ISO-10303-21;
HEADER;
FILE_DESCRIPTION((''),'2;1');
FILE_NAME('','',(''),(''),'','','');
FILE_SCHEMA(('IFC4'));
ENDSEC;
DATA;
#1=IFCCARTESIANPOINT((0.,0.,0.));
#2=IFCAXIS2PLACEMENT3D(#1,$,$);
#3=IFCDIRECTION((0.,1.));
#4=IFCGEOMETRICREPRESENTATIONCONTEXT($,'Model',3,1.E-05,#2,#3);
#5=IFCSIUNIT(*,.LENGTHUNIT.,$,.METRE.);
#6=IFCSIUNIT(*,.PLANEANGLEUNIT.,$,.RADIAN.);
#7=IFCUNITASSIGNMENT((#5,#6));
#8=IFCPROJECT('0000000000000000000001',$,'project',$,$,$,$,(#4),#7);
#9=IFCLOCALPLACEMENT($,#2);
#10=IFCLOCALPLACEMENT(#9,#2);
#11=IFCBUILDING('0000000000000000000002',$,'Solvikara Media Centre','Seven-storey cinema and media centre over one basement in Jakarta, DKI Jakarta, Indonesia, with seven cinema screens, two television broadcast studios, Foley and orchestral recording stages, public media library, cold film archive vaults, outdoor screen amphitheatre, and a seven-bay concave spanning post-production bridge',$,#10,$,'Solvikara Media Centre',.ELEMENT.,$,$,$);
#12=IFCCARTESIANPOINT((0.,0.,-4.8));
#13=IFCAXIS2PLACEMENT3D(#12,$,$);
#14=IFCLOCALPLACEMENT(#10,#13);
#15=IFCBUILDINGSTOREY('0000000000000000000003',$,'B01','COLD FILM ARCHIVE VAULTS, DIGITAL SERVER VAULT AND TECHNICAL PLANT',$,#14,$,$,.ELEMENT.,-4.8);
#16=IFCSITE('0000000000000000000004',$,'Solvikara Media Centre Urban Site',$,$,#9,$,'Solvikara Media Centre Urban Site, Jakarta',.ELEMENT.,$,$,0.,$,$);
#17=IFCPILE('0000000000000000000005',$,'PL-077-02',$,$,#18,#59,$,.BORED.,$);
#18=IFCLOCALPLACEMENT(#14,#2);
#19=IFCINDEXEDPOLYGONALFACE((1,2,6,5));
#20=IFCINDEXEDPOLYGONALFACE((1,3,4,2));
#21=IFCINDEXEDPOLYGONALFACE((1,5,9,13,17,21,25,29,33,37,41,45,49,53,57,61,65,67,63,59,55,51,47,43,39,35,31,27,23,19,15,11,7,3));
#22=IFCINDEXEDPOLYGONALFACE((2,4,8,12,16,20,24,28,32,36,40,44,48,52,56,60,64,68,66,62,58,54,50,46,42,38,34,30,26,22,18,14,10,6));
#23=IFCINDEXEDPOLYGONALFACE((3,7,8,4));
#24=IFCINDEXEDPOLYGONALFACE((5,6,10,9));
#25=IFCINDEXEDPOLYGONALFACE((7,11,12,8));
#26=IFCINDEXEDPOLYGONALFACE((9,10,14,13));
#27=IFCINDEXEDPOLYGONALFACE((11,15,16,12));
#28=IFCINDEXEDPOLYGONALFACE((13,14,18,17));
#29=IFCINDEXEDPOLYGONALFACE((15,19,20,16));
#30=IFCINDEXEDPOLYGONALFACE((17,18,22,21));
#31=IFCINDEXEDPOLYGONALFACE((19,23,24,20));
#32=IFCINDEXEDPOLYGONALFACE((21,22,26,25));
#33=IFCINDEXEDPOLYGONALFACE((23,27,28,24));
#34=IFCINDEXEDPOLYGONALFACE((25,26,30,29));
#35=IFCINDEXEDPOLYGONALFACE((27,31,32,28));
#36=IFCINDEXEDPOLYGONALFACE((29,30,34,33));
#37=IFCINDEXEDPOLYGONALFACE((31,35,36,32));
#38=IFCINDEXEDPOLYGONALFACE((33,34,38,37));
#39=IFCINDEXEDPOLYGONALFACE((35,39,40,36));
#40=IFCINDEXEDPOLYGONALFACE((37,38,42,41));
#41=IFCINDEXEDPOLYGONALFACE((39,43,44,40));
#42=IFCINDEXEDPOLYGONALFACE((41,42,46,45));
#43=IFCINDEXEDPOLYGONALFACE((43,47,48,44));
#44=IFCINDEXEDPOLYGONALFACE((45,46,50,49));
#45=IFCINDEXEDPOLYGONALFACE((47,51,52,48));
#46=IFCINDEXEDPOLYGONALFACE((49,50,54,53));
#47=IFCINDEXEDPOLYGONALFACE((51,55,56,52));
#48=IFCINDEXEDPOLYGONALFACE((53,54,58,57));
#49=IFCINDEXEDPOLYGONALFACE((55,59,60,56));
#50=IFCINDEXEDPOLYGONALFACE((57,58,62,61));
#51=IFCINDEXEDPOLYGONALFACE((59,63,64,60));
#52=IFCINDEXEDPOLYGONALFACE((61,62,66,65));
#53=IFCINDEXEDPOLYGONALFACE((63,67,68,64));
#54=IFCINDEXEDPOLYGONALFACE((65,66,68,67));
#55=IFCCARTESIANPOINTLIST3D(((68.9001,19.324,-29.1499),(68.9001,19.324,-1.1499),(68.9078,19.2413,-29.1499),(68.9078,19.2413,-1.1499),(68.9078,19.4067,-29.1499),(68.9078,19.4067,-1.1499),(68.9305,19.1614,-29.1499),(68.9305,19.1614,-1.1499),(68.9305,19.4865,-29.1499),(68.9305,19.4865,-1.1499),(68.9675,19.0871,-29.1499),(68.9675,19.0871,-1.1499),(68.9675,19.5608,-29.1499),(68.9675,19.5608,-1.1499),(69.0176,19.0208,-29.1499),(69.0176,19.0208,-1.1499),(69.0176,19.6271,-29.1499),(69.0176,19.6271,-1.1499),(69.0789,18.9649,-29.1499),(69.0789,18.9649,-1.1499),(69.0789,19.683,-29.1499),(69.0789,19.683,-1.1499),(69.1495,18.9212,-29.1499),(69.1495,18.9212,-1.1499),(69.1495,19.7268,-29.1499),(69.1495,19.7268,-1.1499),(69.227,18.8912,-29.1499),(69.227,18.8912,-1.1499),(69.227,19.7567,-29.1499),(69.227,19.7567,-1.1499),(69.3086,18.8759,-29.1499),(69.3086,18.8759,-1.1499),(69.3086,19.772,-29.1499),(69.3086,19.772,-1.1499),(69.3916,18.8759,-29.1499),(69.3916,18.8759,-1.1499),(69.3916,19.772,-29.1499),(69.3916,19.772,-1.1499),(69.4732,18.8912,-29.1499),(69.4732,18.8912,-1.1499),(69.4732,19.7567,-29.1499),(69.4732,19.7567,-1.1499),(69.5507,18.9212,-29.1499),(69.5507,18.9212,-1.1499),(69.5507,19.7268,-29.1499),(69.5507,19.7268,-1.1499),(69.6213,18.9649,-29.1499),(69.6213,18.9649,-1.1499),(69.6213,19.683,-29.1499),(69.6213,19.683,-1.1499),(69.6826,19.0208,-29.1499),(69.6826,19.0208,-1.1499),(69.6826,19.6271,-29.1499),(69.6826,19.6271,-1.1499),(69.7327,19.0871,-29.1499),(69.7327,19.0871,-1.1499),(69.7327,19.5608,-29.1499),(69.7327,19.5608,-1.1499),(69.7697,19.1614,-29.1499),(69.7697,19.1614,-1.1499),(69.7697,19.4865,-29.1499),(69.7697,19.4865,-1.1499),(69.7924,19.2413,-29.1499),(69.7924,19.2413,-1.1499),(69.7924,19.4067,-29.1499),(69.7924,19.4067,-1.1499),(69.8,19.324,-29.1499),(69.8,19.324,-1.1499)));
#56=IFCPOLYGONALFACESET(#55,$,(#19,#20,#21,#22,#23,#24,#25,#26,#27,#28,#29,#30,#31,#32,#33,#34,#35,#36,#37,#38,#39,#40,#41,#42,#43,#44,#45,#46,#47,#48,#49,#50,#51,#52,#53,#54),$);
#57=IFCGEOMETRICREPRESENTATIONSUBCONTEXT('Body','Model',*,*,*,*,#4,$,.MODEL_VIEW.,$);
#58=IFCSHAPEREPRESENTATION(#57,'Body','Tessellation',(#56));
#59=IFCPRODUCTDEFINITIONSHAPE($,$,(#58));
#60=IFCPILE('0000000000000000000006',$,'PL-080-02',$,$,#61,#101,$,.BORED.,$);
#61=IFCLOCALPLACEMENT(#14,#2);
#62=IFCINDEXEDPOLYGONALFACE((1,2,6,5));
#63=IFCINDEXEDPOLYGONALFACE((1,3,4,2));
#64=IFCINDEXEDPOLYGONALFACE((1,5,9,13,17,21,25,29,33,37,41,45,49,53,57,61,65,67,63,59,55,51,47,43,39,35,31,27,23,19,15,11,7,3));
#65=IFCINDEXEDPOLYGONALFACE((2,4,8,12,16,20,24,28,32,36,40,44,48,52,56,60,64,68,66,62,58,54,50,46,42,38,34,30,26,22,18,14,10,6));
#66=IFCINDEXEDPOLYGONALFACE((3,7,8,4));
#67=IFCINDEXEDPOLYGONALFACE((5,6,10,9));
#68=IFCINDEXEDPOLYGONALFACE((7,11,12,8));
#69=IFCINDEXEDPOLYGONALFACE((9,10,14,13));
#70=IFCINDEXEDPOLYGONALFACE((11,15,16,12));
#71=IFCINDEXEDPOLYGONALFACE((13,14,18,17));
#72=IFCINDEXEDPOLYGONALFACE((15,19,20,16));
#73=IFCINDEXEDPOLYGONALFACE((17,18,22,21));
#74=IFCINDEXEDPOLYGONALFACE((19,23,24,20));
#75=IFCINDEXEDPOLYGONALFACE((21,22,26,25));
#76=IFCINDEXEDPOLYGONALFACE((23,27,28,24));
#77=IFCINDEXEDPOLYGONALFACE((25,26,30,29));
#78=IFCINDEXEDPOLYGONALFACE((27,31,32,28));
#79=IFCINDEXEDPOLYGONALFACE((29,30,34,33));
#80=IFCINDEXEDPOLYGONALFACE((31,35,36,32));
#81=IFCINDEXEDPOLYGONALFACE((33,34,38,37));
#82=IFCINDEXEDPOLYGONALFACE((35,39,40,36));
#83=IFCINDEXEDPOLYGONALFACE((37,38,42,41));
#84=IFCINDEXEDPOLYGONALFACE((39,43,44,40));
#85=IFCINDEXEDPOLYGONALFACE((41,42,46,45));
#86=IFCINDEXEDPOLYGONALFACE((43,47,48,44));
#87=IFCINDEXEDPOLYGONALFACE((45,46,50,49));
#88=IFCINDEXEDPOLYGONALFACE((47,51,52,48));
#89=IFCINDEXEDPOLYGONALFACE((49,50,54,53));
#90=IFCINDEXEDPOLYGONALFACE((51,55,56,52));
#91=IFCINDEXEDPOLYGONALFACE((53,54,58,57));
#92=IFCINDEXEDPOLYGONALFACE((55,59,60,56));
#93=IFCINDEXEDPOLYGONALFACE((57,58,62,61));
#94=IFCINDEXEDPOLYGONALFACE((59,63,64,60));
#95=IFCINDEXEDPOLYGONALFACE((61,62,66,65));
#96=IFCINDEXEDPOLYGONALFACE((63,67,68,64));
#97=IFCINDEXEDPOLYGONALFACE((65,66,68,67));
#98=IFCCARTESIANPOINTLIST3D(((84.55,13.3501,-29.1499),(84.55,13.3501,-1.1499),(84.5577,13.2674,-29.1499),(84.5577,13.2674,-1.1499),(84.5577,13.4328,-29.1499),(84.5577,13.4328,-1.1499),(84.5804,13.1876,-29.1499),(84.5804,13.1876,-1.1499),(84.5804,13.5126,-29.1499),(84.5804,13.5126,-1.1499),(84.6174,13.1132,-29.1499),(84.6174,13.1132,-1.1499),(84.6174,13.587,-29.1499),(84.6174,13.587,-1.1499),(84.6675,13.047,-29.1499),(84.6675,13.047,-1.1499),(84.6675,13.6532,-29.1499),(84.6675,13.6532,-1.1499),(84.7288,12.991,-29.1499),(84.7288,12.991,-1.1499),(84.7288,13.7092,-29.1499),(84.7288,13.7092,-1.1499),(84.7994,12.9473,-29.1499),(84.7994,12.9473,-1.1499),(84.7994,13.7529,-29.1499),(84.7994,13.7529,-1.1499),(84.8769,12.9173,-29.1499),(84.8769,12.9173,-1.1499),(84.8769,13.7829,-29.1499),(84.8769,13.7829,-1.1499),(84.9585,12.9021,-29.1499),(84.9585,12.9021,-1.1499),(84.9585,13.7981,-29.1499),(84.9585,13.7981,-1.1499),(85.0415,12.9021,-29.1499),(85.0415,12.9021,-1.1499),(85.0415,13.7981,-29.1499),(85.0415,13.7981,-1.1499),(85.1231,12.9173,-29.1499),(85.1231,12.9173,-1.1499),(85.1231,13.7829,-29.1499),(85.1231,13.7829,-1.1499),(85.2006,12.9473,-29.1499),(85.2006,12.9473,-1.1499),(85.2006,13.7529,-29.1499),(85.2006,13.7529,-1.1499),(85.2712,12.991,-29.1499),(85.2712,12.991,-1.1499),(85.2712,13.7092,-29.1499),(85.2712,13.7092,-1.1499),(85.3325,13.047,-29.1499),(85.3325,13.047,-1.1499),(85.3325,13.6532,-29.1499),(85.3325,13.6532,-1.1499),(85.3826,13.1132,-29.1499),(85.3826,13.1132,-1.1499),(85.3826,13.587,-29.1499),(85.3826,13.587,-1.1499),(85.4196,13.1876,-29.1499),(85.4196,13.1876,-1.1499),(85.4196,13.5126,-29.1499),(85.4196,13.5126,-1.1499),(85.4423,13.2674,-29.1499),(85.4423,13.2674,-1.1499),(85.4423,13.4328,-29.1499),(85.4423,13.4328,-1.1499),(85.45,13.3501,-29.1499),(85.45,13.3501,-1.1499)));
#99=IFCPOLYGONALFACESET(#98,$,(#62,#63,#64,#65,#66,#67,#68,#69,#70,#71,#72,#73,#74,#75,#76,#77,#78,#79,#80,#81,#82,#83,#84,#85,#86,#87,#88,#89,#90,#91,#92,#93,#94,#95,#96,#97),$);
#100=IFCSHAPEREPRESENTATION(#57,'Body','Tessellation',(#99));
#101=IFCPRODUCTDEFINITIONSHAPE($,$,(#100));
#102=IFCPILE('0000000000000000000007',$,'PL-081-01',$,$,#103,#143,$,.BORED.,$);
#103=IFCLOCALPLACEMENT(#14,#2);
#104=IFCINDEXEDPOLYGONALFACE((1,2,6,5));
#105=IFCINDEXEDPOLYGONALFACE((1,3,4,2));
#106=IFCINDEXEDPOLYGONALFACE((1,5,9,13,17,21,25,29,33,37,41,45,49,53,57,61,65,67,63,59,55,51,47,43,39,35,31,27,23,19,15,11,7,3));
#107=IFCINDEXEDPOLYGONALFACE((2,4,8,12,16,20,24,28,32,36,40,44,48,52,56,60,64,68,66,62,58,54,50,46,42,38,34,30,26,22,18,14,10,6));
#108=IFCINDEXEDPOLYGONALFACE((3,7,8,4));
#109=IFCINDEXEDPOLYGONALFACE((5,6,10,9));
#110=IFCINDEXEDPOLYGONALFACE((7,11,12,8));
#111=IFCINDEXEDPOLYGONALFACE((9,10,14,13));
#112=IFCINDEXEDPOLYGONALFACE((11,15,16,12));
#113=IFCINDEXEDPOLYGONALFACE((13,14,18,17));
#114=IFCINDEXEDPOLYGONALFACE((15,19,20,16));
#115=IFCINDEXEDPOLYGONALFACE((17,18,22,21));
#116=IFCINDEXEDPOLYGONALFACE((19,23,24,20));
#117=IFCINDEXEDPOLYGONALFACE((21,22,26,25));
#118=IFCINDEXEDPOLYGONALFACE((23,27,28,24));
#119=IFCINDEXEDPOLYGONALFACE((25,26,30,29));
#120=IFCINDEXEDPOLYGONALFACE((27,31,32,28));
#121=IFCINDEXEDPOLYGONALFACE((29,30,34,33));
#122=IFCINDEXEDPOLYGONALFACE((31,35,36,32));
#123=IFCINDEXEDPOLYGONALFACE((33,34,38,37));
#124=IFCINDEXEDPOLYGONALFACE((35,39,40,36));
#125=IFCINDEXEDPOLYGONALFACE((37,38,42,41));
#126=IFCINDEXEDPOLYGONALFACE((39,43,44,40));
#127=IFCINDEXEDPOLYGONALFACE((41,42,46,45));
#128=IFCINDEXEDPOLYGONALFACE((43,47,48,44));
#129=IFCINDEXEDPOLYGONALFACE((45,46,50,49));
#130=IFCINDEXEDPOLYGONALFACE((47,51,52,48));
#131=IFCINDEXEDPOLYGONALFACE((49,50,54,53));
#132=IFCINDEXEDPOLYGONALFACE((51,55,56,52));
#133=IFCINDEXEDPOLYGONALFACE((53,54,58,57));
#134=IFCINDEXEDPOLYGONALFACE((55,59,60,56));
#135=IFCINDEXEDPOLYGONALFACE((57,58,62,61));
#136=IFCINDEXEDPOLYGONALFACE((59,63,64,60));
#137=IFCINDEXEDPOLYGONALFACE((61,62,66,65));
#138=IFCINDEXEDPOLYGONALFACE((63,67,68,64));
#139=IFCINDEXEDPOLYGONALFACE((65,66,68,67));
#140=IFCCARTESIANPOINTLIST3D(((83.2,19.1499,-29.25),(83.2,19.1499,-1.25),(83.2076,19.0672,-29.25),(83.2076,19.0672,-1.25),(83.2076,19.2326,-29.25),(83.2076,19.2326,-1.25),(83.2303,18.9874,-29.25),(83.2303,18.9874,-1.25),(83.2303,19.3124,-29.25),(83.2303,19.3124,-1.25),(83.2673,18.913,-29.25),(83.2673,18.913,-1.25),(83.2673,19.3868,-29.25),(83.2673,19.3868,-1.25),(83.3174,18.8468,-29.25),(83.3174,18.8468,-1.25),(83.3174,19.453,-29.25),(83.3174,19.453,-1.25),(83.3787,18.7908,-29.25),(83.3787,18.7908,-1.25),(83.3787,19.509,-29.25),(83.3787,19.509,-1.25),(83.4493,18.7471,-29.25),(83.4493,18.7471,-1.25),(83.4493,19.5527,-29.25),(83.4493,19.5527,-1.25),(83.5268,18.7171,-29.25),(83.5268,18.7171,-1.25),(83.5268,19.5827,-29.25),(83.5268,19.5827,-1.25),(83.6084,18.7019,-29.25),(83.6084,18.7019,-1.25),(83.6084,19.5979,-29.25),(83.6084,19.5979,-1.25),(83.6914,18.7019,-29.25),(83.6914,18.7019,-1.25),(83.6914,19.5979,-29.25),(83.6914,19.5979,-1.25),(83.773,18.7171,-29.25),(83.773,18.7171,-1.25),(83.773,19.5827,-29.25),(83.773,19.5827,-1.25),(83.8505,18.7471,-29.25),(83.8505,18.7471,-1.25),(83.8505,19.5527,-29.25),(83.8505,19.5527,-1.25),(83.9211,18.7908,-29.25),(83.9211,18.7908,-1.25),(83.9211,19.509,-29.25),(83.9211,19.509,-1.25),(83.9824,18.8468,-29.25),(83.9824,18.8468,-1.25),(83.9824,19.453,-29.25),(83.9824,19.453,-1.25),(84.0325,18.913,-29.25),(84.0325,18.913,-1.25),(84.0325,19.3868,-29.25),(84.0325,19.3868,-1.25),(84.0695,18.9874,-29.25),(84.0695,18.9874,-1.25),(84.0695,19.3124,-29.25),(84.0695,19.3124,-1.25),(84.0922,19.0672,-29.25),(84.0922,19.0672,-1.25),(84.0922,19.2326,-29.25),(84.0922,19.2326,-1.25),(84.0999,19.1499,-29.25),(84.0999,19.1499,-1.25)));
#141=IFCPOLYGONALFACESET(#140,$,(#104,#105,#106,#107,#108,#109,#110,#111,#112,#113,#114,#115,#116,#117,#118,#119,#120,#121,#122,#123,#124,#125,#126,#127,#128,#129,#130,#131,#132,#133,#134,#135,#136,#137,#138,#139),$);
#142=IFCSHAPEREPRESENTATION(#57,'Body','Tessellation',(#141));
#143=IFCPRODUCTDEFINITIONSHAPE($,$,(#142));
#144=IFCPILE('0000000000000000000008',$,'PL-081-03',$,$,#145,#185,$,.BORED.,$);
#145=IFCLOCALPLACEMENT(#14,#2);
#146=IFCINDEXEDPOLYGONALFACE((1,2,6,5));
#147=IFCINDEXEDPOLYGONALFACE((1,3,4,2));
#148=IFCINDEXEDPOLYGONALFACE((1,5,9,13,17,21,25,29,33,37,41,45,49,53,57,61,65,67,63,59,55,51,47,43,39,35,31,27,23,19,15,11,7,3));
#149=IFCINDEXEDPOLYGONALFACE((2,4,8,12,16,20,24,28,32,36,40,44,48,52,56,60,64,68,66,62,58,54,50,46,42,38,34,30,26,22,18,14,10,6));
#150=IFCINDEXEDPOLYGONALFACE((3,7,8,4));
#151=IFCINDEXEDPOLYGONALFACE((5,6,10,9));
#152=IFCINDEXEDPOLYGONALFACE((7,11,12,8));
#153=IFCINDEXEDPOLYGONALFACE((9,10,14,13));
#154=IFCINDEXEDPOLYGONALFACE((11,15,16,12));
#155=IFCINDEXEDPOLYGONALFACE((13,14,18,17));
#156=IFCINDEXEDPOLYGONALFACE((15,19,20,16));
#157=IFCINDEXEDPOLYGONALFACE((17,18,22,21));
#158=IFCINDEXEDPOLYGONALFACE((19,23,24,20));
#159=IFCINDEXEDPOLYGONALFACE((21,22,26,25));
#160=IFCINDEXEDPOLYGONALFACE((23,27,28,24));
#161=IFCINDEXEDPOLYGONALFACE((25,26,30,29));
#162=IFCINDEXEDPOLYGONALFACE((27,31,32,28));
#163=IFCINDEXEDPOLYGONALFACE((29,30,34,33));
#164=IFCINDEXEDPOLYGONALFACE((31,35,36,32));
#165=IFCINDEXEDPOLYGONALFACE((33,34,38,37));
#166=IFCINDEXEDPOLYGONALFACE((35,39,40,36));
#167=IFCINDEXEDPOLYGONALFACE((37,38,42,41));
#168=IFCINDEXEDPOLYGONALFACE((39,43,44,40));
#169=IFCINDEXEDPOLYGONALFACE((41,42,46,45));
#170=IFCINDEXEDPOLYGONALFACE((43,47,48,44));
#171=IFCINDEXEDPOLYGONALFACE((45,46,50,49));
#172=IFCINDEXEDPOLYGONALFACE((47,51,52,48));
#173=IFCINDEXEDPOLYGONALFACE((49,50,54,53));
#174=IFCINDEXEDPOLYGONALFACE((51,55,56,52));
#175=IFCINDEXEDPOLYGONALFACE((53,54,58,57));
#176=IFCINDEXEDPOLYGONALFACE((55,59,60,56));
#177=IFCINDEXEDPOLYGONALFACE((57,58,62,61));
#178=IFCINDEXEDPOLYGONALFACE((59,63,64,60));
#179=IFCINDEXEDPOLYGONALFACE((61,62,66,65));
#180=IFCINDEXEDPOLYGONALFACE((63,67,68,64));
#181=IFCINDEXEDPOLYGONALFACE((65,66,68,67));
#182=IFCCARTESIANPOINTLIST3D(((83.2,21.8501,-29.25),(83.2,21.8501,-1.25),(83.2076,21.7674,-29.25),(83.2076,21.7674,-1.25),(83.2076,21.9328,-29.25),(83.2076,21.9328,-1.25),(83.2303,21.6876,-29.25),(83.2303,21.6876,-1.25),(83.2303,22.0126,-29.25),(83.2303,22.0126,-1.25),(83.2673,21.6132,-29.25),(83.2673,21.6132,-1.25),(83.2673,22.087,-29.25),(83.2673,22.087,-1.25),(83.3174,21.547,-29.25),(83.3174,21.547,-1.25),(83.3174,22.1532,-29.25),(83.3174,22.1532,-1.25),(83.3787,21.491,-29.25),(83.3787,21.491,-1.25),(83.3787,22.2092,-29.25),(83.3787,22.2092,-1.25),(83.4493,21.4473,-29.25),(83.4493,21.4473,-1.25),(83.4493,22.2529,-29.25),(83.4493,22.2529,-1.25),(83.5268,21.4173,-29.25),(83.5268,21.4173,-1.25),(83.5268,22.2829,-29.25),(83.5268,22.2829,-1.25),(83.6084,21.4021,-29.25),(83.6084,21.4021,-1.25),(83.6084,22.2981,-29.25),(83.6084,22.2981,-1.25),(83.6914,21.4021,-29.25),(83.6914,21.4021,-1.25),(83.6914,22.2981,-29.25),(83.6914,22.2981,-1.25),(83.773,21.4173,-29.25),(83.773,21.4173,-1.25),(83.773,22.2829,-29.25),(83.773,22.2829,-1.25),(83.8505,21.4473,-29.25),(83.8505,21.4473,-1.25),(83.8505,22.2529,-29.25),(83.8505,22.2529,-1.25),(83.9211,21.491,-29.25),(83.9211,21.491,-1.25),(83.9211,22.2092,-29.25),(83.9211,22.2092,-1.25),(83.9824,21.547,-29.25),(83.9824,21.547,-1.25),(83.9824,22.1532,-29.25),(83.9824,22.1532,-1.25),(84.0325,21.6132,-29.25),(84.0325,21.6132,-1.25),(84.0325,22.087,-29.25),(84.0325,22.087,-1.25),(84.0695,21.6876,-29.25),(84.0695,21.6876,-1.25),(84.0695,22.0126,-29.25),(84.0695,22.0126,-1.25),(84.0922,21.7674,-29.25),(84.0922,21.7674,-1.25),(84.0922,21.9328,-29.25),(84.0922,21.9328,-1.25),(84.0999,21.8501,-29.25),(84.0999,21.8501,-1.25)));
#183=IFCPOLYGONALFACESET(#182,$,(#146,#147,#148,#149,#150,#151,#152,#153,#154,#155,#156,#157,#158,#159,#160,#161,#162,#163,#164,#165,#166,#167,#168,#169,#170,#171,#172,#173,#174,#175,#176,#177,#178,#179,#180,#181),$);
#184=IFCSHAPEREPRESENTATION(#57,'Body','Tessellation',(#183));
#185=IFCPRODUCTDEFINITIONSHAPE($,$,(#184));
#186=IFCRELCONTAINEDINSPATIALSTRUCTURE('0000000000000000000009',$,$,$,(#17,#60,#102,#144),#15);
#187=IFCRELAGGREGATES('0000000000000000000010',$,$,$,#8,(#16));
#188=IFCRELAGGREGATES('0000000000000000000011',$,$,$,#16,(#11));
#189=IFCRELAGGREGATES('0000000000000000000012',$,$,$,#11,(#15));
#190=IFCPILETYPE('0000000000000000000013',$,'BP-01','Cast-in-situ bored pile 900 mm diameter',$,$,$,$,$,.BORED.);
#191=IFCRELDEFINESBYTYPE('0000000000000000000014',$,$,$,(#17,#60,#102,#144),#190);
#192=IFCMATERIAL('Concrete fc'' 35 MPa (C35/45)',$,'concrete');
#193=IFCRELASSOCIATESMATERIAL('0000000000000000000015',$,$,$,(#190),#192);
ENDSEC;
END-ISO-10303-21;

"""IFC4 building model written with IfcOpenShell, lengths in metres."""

from ifc_helpers import new_model, si_unit, direction, frame, origin, origin_2d, place, context, subcontext, project, spatial, circle, extrude, material, material_profile, profile_set, type_object, element, save


model = new_model("IFC4")

# Units and contexts
model_context = context("Model", 3, precision=1e-05, world=origin(), true_north=direction((0.0, 1.0)))
body_context = subcontext(model_context, "Body", "Model", "MODEL_VIEW")
ifc_project = project(units=[si_unit("LENGTHUNIT", "METRE"), si_unit("PLANEANGLEUNIT", "RADIAN")], contexts=[model_context])

# Site, building, storey
site_placement = place(None, origin())
site = spatial("IfcSite", under=ifc_project, at=site_placement, Name="Solvikara Media Centre Urban Site", LongName="Solvikara Media Centre Urban Site, Jakarta", CompositionType="ELEMENT", RefElevation=0.0)
building_placement = place(site_placement, origin())
building = spatial("IfcBuilding", under=site, at=building_placement, Name="Solvikara Media Centre", Description="Seven-storey cinema and media centre over one basement in Jakarta, DKI Jakarta, Indonesia, with seven cinema screens, two television broadcast studios, Foley and orchestral recording stages, public media library, cold film archive vaults, outdoor screen amphitheatre, and a seven-bay concave spanning post-production bridge", LongName="Solvikara Media Centre", CompositionType="ELEMENT")
storey_placement = place(building_placement, frame((0.0, 0.0, -4.8)))
storey = spatial("IfcBuildingStorey", under=building, at=storey_placement, Name="B01", Description="COLD FILM ARCHIVE VAULTS, DIGITAL SERVER VAULT AND TECHNICAL PLANT", CompositionType="ELEMENT", Elevation=-4.8)

# Piles
ifc_material_1 = material(Name="Concrete fc' 35 MPa (C35/45)", Category="concrete")
ifc_material_profile_1 = material_profile(ifc_material_1, circle(Radius=0.45, at=origin_2d()), Name="BORED PILE D900")
ifc_profile_set_1 = profile_set([ifc_material_profile_1], Name="Concrete fc' 35 MPa (C35/45)")
pile_type_1 = type_object("IfcPileType", Name="BP-01", Description="Cast-in-situ bored pile 900 mm diameter", PredefinedType="BORED", material=ifc_profile_set_1)
for number, where, z_axis, x_axis, name in (
    (1, (69.3501, 19.324, -1.1499), (0.0, 0.0, -1.0), (1.0, 0.0, 0.0), "PL-077-02"),
    (2, (85.0, 13.3501, -1.1499), (0.0, 0.0, -1.0), (1.0, 0.0, 0.0), "PL-080-02"),
    (3, (83.6499, 19.1499, -1.25), (0.0, 0.0, -1.0), (1.0, 0.0, 0.0), "PL-081-01"),
    (4, (83.6499, 21.8501, -1.25), (0.0, 0.0, -1.0), (1.0, 0.0, 0.0), "PL-081-03"),
):
    element("IfcPile", number, at=place(storey_placement, frame(where, z_axis=z_axis, x_axis=x_axis)), inside=storey, type_object=pile_type_1, Name=name, PredefinedType="BORED", context=body_context, shape_type="SweptSolid", body=[
        extrude(circle(Radius=0.45, at=origin_2d()), origin(), (0.0, 0.0, 1.0), 28.0),
    ])

save(model, "model.ifc")
